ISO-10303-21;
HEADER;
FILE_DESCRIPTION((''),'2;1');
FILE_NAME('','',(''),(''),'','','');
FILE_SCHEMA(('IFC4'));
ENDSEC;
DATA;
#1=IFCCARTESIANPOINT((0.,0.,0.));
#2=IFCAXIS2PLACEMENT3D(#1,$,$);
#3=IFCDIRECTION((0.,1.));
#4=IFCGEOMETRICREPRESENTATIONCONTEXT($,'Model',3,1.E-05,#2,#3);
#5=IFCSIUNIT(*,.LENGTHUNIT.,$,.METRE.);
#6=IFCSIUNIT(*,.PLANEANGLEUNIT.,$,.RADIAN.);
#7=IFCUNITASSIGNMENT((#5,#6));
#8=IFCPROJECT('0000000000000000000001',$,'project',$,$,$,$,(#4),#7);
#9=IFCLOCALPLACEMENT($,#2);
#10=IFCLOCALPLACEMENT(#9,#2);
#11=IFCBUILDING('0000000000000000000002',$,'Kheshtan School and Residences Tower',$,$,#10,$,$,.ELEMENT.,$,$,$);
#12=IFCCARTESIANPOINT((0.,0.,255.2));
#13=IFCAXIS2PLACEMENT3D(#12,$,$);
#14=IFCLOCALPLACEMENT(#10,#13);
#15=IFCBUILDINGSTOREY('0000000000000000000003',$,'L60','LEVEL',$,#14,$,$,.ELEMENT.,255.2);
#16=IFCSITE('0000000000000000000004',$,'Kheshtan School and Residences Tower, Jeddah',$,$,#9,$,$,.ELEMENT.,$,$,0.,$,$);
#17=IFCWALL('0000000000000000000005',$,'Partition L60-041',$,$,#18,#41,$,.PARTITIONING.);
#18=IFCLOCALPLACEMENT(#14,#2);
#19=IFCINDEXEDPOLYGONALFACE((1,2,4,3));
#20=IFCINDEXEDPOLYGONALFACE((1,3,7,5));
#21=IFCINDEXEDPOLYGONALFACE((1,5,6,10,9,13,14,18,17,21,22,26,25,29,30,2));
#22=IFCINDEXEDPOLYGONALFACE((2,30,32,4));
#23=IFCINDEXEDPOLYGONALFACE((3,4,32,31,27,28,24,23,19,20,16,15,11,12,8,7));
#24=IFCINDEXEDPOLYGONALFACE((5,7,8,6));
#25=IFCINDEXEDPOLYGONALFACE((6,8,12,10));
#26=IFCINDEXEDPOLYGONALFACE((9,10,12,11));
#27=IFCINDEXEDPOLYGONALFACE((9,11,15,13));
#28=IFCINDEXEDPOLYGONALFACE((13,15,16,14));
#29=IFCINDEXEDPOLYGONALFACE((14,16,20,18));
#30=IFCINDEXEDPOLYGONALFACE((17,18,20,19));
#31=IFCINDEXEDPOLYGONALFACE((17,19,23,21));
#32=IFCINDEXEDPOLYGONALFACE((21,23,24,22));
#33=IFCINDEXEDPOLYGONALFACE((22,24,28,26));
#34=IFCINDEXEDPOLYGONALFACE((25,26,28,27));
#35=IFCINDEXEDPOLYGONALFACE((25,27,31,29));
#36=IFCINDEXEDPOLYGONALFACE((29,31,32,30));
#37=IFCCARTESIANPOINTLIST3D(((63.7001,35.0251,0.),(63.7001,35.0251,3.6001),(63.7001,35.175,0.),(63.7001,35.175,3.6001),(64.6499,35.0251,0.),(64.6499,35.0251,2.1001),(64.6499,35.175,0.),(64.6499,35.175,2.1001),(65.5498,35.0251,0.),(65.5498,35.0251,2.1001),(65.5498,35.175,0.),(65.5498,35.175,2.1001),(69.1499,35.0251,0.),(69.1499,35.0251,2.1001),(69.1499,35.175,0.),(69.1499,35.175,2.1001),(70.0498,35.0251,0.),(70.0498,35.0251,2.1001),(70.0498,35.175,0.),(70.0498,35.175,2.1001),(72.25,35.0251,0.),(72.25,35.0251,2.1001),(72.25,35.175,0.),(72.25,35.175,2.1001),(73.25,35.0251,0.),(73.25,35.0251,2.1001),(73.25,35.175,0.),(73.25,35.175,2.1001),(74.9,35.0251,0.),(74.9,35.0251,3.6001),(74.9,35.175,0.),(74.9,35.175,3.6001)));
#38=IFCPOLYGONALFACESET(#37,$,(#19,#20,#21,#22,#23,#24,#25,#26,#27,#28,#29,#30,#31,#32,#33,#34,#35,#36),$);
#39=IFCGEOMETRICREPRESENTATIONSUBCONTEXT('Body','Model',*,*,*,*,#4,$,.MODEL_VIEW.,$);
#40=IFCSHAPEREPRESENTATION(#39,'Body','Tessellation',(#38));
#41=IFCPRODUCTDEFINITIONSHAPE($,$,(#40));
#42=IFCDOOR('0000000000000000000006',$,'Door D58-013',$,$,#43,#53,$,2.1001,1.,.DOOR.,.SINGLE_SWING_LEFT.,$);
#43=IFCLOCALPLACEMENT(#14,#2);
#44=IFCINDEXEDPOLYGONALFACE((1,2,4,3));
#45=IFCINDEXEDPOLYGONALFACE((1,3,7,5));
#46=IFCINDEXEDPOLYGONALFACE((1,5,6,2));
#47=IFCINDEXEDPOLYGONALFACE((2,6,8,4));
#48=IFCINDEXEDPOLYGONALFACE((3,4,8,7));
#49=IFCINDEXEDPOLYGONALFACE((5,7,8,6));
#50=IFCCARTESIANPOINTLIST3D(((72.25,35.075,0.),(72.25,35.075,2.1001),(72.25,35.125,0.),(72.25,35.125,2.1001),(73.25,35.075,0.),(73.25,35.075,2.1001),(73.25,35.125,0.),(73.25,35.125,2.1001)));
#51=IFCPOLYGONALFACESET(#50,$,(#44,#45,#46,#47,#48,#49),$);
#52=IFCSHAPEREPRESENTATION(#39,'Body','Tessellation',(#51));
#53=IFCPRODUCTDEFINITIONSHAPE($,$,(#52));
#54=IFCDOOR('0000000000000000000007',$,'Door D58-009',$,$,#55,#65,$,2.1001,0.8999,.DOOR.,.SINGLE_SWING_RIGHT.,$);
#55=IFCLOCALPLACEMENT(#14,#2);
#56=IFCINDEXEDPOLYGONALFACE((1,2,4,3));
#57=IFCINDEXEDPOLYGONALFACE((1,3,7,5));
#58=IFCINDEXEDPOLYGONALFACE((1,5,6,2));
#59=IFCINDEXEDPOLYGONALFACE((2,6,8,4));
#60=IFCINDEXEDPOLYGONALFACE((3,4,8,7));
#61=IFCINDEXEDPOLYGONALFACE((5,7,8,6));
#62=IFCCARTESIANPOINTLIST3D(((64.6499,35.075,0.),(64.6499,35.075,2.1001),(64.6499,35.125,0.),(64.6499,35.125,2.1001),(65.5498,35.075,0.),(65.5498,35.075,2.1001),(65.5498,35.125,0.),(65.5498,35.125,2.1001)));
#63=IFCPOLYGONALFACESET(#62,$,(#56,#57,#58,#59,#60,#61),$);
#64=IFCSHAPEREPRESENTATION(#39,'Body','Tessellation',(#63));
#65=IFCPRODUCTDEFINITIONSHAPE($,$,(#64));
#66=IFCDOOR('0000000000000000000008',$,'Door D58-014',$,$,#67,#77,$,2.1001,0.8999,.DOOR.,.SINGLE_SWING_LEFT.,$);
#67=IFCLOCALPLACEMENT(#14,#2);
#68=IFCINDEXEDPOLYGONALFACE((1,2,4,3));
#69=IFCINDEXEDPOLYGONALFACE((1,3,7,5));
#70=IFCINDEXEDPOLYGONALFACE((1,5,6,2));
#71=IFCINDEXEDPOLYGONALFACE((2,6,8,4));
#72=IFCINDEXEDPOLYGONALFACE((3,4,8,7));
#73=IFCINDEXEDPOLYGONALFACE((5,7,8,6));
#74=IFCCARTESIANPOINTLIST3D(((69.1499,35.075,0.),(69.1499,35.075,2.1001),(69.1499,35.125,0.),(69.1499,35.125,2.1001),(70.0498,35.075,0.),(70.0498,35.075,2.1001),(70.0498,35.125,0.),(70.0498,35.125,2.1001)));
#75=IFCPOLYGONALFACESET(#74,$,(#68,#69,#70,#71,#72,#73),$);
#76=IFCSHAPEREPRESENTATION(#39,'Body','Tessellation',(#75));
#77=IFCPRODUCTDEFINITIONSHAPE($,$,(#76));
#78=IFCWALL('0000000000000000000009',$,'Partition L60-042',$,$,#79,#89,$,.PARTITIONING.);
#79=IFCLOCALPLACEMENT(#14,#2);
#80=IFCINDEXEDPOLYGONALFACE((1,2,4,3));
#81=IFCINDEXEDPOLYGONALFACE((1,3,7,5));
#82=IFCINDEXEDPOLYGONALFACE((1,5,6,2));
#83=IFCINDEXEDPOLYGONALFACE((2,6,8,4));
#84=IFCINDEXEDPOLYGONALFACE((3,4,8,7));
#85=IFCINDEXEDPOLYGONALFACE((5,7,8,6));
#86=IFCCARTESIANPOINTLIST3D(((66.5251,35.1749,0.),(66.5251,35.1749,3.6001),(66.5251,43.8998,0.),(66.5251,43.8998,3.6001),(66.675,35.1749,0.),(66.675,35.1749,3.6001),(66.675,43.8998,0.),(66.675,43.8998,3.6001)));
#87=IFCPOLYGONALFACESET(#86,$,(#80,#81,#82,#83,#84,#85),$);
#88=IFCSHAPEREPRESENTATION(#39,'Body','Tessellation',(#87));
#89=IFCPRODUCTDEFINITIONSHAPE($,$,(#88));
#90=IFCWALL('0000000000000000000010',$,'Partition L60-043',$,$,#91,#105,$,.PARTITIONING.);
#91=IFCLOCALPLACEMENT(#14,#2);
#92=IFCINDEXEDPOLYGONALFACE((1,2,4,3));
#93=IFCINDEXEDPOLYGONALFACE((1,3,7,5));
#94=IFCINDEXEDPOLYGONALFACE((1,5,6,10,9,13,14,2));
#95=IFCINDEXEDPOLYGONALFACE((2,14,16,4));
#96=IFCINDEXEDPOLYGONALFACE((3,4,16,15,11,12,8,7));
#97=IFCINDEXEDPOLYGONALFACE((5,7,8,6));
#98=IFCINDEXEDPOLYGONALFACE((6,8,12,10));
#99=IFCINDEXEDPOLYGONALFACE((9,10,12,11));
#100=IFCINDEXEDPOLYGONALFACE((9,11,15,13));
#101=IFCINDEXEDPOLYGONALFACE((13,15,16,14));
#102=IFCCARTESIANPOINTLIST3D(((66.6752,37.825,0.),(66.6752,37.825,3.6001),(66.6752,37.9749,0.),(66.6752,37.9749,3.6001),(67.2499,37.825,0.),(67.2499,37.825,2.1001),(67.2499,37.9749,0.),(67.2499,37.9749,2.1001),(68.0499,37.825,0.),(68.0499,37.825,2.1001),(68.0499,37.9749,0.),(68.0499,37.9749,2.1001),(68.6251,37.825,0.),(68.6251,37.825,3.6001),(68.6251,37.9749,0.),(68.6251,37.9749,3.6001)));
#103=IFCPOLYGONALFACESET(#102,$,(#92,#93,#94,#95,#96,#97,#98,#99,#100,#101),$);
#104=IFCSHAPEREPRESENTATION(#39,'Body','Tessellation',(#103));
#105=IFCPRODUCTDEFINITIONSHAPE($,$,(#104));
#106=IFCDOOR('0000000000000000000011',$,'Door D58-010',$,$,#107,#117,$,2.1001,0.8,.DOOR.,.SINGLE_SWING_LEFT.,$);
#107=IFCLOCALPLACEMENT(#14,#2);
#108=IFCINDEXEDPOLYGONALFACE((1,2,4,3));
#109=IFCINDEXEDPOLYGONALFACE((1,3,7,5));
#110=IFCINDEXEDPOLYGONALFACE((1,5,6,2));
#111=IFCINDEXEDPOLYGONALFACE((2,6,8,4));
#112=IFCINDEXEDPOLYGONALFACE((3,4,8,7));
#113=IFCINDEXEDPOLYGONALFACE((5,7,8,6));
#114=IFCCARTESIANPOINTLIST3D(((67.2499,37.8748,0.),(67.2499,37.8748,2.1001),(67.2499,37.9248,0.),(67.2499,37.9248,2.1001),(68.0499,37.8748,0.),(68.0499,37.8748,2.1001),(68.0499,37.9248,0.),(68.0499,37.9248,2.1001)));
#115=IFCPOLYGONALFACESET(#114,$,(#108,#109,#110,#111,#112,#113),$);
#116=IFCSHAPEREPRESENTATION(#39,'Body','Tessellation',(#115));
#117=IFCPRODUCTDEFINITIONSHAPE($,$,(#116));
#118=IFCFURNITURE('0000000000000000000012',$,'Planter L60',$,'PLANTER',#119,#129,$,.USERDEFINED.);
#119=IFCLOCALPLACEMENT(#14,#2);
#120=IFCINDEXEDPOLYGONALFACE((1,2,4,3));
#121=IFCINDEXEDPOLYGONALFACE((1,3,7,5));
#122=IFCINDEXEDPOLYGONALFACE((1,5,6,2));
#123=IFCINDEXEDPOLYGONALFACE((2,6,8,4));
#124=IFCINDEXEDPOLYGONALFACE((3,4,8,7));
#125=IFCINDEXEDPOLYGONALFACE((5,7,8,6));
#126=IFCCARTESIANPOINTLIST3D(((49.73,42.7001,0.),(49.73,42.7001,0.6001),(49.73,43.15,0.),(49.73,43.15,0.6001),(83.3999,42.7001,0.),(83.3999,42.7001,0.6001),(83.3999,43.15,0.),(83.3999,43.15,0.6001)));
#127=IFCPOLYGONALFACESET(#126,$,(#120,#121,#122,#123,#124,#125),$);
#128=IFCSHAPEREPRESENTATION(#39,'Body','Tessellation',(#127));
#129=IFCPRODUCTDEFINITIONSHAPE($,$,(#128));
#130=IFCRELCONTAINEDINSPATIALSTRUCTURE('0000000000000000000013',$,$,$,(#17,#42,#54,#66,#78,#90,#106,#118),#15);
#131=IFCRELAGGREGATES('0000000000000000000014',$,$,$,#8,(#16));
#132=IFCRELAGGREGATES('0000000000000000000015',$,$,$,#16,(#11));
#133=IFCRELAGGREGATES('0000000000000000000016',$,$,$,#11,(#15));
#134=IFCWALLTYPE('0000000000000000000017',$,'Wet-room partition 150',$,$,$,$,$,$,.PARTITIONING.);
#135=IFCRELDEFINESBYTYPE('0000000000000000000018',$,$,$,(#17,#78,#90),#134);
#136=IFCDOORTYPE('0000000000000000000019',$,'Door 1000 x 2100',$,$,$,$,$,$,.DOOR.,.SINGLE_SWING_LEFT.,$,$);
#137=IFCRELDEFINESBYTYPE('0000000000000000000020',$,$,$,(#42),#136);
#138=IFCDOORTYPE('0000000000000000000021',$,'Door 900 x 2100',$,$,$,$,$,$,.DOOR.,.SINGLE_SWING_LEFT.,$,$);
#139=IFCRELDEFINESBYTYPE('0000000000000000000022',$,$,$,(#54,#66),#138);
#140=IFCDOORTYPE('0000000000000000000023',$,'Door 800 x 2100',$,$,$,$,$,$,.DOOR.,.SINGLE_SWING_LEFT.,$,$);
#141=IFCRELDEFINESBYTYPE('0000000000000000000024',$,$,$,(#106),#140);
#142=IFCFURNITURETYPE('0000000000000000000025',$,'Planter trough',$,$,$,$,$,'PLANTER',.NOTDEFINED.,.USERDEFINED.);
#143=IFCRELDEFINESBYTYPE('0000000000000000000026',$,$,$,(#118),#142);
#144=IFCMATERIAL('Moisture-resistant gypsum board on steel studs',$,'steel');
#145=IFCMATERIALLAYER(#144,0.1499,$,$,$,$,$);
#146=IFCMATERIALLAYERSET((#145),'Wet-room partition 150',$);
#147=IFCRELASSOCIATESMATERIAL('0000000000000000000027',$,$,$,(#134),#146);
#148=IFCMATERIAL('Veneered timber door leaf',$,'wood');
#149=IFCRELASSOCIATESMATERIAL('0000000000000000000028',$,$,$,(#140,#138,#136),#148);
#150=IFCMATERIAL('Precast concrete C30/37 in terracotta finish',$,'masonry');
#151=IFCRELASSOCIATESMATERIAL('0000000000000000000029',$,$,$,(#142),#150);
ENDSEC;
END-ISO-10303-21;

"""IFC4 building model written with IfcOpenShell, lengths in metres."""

from ifc_helpers import new_model, si_unit, direction, frame, frame_2d, origin, origin_2d, place, context, subcontext, project, spatial, rectangle, extrude, source, transform, mapped, material, layer, layer_set, type_object, element, fill, save


model = new_model("IFC4")

# Units and contexts
model_context = context("Model", 3, precision=1e-05, world=origin(), true_north=direction((0.0, 1.0)))
body_context = subcontext(model_context, "Body", "Model", "MODEL_VIEW")
ifc_project = project(units=[si_unit("LENGTHUNIT", "METRE"), si_unit("PLANEANGLEUNIT", "RADIAN")], contexts=[model_context])

# Site, building, storey
site_placement = place(None, origin())
site = spatial("IfcSite", under=ifc_project, at=site_placement, Name="Kheshtan School and Residences Tower, Jeddah", CompositionType="ELEMENT", RefElevation=0.0)
building_placement = place(site_placement, origin())
building = spatial("IfcBuilding", under=site, at=building_placement, Name="Kheshtan School and Residences Tower", CompositionType="ELEMENT")
storey_placement = place(building_placement, frame((0.0, 0.0, 255.2)))
storey = spatial("IfcBuildingStorey", under=building, at=storey_placement, Name="L60", Description="LEVEL", CompositionType="ELEMENT", Elevation=255.2)

# Wall, openings, doors
ifc_material_1 = material(Name="Moisture-resistant gypsum board on steel studs", Category="steel")
ifc_layer_1 = layer(ifc_material_1, 0.1499)
ifc_layer_set_1 = layer_set([ifc_layer_1], Name="Wet-room partition 150")
wall_type_1 = type_object("IfcWallType", Name="Wet-room partition 150", PredefinedType="PARTITIONING", material=ifc_layer_set_1)
ifc_material_2 = material(Name="Veneered timber door leaf", Category="wood")
door_type_1 = type_object("IfcDoorType", Name="Door 800 x 2100", OperationType="SINGLE_SWING_LEFT", PredefinedType="DOOR", material=ifc_material_2)
shared_shape_1 = source(origin(), body_context, "Body", "SweptSolid", [
    extrude(rectangle(XDim=0.8, YDim=2.1001, at=frame_2d((0.3999, 1.05))), frame((0.0, 0.0249, 0.0), z_axis=(0.0, -1.0, 0.0), x_axis=(1.0, 0.0, 0.0)), (0.0, 0.0, 1.0), 0.05),
])
door_type_2 = type_object("IfcDoorType", Name="Door 900 x 2100", OperationType="SINGLE_SWING_LEFT", PredefinedType="DOOR", material=ifc_material_2)
shared_shape_2 = source(origin(), body_context, "Body", "SweptSolid", [
    extrude(rectangle(XDim=0.8999, YDim=2.1001, at=frame_2d((0.45, 1.05))), frame((0.0, 0.0249, 0.0), z_axis=(0.0, -1.0, 0.0), x_axis=(1.0, 0.0, 0.0)), (0.0, 0.0, 1.0), 0.05),
])
wall_1_placement = place(storey_placement, frame((63.7, 35.1001, 0.0), z_axis=(0.0, 0.0, 1.0), x_axis=(1.0, 0.0, 0.0)))
wall_1 = element("IfcWall", 1, at=wall_1_placement, inside=storey, type_object=wall_type_1, Name="Partition L60-041", PredefinedType="PARTITIONING", context=body_context, shape_type="SweptSolid", body=[
    extrude(rectangle(XDim=11.2, YDim=0.1499, at=frame_2d((5.6001, 0.0))), origin(), (0.0, 0.0, 1.0), 3.6001),
])
opening_1_placement = place(wall_1_placement, frame((0.95, 0.0, 0.0)))
opening_1 = element("IfcOpeningElement", 2, at=opening_1_placement, cuts=wall_1, PredefinedType="OPENING", context=body_context, shape_type="SweptSolid", body=[
    extrude(rectangle(XDim=0.8999, YDim=2.1001, at=frame_2d((0.45, 1.05))), frame((0.0, 0.085, 0.0), z_axis=(0.0, -1.0, 0.0), x_axis=(1.0, 0.0, 0.0)), (0.0, 0.0, 1.0), 0.1699),
])
opening_2_placement = place(wall_1_placement, frame((8.55, 0.0, 0.0)))
opening_2 = element("IfcOpeningElement", 3, at=opening_2_placement, cuts=wall_1, PredefinedType="OPENING", context=body_context, shape_type="SweptSolid", body=[
    extrude(rectangle(XDim=1.0, YDim=2.1001, at=frame_2d((0.5, 1.05))), frame((0.0, 0.085, 0.0), z_axis=(0.0, -1.0, 0.0), x_axis=(1.0, 0.0, 0.0)), (0.0, 0.0, 1.0), 0.1699),
])
opening_3_placement = place(wall_1_placement, frame((5.45, 0.0, 0.0)))
opening_3 = element("IfcOpeningElement", 4, at=opening_3_placement, cuts=wall_1, PredefinedType="OPENING", context=body_context, shape_type="SweptSolid", body=[
    extrude(rectangle(XDim=0.8999, YDim=2.1001, at=frame_2d((0.45, 1.05))), frame((0.0, 0.085, 0.0), z_axis=(0.0, -1.0, 0.0), x_axis=(1.0, 0.0, 0.0)), (0.0, 0.0, 1.0), 0.1699),
])
door_type_3 = type_object("IfcDoorType", Name="Door 1000 x 2100", OperationType="SINGLE_SWING_LEFT", PredefinedType="DOOR", material=ifc_material_2)
shared_shape_3 = source(origin(), body_context, "Body", "SweptSolid", [
    extrude(rectangle(XDim=1.0, YDim=2.1001, at=frame_2d((0.5, 1.05))), frame((0.0, 0.0249, 0.0), z_axis=(0.0, -1.0, 0.0), x_axis=(1.0, 0.0, 0.0)), (0.0, 0.0, 1.0), 0.05),
])
door_1_placement = place(opening_2_placement, origin())
door_1 = element("IfcDoor", 5, at=door_1_placement, inside=storey, type_object=door_type_3, Name="Door D58-013", OperationType="SINGLE_SWING_LEFT", OverallHeight=2.1001, OverallWidth=1.0, PredefinedType="DOOR", context=body_context, shape_type="MappedRepresentation", body=[
    mapped(shared_shape_3, transform((0.0, 0.0, 0.0), x_axis=(1.0, 0.0, 0.0), y_axis=(0.0, 1.0, 0.0), z_axis=(0.0, 0.0, 1.0), scale=1.0)),
])
fill(opening_2, door_1)
door_2_placement = place(opening_1_placement, origin())
door_2 = element("IfcDoor", 6, at=door_2_placement, inside=storey, type_object=door_type_2, Name="Door D58-009", OperationType="SINGLE_SWING_RIGHT", OverallHeight=2.1001, OverallWidth=0.8999, PredefinedType="DOOR", context=body_context, shape_type="MappedRepresentation", body=[
    mapped(shared_shape_2, transform((0.0, 0.0, 0.0), x_axis=(1.0, 0.0, 0.0), y_axis=(0.0, 1.0, 0.0), z_axis=(0.0, 0.0, 1.0), scale=1.0)),
])
fill(opening_1, door_2)
door_3_placement = place(opening_3_placement, origin())
door_3 = element("IfcDoor", 7, at=door_3_placement, inside=storey, type_object=door_type_2, Name="Door D58-014", OperationType="SINGLE_SWING_LEFT", OverallHeight=2.1001, OverallWidth=0.8999, PredefinedType="DOOR", context=body_context, shape_type="MappedRepresentation", body=[
    mapped(shared_shape_2, transform((0.0, 0.0, 0.0), x_axis=(1.0, 0.0, 0.0), y_axis=(0.0, 1.0, 0.0), z_axis=(0.0, 0.0, 1.0), scale=1.0)),
])
fill(opening_3, door_3)

# Wall
wall_2_placement = place(storey_placement, frame((66.6001, 35.175, 0.0), z_axis=(0.0, 0.0, 1.0), x_axis=(0.0, 1.0, 0.0)))
element("IfcWall", 8, at=wall_2_placement, inside=storey, type_object=wall_type_1, Name="Partition L60-042", PredefinedType="PARTITIONING", context=body_context, shape_type="SweptSolid", body=[
    extrude(rectangle(XDim=8.7249, YDim=0.1499, at=frame_2d((4.3623, 0.0))), origin(), (0.0, 0.0, 1.0), 3.6001),
])

# Wall, opening, door
wall_3_placement = place(storey_placement, frame((66.675, 37.8999, 0.0), z_axis=(0.0, 0.0, 1.0), x_axis=(1.0, 0.0, 0.0)))
wall_3 = element("IfcWall", 9, at=wall_3_placement, inside=storey, type_object=wall_type_1, Name="Partition L60-043", PredefinedType="PARTITIONING", context=body_context, shape_type="SweptSolid", body=[
    extrude(rectangle(XDim=1.95, YDim=0.1499, at=frame_2d((0.9751, 0.0))), origin(), (0.0, 0.0, 1.0), 3.6001),
])
opening_4_placement = place(wall_3_placement, frame((0.575, 0.0, 0.0)))
opening_4 = element("IfcOpeningElement", 10, at=opening_4_placement, cuts=wall_3, PredefinedType="OPENING", context=body_context, shape_type="SweptSolid", body=[
    extrude(rectangle(XDim=0.8, YDim=2.1001, at=frame_2d((0.3999, 1.05))), frame((0.0, 0.085, 0.0), z_axis=(0.0, -1.0, 0.0), x_axis=(1.0, 0.0, 0.0)), (0.0, 0.0, 1.0), 0.1699),
])
door_4_placement = place(opening_4_placement, origin())
door_4 = element("IfcDoor", 11, at=door_4_placement, inside=storey, type_object=door_type_1, Name="Door D58-010", OperationType="SINGLE_SWING_LEFT", OverallHeight=2.1001, OverallWidth=0.8, PredefinedType="DOOR", context=body_context, shape_type="MappedRepresentation", body=[
    mapped(shared_shape_1, transform((0.0, 0.0, 0.0), x_axis=(1.0, 0.0, 0.0), y_axis=(0.0, 1.0, 0.0), z_axis=(0.0, 0.0, 1.0), scale=1.0)),
])
fill(opening_4, door_4)

# Furniture
ifc_material_3 = material(Name="Precast concrete C30/37 in terracotta finish", Category="masonry")
furniture_type = type_object("IfcFurnitureType", Name="Planter trough", ElementType="PLANTER", AssemblyPlace="NOTDEFINED", PredefinedType="USERDEFINED", material=ifc_material_3)
furniture_placement = place(storey_placement, frame((66.5649, 42.925, 0.0), z_axis=(0.0, 0.0, 1.0), x_axis=(1.0, 0.0, 0.0)))
element("IfcFurniture", 12, at=furniture_placement, inside=storey, type_object=furniture_type, Name="Planter L60", ObjectType="PLANTER", PredefinedType="USERDEFINED", context=body_context, shape_type="SweptSolid", body=[
    extrude(rectangle(XDim=33.6699, YDim=0.45, at=origin_2d()), origin(), (0.0, 0.0, 1.0), 0.6001),
])

save(model, "model.ifc")
